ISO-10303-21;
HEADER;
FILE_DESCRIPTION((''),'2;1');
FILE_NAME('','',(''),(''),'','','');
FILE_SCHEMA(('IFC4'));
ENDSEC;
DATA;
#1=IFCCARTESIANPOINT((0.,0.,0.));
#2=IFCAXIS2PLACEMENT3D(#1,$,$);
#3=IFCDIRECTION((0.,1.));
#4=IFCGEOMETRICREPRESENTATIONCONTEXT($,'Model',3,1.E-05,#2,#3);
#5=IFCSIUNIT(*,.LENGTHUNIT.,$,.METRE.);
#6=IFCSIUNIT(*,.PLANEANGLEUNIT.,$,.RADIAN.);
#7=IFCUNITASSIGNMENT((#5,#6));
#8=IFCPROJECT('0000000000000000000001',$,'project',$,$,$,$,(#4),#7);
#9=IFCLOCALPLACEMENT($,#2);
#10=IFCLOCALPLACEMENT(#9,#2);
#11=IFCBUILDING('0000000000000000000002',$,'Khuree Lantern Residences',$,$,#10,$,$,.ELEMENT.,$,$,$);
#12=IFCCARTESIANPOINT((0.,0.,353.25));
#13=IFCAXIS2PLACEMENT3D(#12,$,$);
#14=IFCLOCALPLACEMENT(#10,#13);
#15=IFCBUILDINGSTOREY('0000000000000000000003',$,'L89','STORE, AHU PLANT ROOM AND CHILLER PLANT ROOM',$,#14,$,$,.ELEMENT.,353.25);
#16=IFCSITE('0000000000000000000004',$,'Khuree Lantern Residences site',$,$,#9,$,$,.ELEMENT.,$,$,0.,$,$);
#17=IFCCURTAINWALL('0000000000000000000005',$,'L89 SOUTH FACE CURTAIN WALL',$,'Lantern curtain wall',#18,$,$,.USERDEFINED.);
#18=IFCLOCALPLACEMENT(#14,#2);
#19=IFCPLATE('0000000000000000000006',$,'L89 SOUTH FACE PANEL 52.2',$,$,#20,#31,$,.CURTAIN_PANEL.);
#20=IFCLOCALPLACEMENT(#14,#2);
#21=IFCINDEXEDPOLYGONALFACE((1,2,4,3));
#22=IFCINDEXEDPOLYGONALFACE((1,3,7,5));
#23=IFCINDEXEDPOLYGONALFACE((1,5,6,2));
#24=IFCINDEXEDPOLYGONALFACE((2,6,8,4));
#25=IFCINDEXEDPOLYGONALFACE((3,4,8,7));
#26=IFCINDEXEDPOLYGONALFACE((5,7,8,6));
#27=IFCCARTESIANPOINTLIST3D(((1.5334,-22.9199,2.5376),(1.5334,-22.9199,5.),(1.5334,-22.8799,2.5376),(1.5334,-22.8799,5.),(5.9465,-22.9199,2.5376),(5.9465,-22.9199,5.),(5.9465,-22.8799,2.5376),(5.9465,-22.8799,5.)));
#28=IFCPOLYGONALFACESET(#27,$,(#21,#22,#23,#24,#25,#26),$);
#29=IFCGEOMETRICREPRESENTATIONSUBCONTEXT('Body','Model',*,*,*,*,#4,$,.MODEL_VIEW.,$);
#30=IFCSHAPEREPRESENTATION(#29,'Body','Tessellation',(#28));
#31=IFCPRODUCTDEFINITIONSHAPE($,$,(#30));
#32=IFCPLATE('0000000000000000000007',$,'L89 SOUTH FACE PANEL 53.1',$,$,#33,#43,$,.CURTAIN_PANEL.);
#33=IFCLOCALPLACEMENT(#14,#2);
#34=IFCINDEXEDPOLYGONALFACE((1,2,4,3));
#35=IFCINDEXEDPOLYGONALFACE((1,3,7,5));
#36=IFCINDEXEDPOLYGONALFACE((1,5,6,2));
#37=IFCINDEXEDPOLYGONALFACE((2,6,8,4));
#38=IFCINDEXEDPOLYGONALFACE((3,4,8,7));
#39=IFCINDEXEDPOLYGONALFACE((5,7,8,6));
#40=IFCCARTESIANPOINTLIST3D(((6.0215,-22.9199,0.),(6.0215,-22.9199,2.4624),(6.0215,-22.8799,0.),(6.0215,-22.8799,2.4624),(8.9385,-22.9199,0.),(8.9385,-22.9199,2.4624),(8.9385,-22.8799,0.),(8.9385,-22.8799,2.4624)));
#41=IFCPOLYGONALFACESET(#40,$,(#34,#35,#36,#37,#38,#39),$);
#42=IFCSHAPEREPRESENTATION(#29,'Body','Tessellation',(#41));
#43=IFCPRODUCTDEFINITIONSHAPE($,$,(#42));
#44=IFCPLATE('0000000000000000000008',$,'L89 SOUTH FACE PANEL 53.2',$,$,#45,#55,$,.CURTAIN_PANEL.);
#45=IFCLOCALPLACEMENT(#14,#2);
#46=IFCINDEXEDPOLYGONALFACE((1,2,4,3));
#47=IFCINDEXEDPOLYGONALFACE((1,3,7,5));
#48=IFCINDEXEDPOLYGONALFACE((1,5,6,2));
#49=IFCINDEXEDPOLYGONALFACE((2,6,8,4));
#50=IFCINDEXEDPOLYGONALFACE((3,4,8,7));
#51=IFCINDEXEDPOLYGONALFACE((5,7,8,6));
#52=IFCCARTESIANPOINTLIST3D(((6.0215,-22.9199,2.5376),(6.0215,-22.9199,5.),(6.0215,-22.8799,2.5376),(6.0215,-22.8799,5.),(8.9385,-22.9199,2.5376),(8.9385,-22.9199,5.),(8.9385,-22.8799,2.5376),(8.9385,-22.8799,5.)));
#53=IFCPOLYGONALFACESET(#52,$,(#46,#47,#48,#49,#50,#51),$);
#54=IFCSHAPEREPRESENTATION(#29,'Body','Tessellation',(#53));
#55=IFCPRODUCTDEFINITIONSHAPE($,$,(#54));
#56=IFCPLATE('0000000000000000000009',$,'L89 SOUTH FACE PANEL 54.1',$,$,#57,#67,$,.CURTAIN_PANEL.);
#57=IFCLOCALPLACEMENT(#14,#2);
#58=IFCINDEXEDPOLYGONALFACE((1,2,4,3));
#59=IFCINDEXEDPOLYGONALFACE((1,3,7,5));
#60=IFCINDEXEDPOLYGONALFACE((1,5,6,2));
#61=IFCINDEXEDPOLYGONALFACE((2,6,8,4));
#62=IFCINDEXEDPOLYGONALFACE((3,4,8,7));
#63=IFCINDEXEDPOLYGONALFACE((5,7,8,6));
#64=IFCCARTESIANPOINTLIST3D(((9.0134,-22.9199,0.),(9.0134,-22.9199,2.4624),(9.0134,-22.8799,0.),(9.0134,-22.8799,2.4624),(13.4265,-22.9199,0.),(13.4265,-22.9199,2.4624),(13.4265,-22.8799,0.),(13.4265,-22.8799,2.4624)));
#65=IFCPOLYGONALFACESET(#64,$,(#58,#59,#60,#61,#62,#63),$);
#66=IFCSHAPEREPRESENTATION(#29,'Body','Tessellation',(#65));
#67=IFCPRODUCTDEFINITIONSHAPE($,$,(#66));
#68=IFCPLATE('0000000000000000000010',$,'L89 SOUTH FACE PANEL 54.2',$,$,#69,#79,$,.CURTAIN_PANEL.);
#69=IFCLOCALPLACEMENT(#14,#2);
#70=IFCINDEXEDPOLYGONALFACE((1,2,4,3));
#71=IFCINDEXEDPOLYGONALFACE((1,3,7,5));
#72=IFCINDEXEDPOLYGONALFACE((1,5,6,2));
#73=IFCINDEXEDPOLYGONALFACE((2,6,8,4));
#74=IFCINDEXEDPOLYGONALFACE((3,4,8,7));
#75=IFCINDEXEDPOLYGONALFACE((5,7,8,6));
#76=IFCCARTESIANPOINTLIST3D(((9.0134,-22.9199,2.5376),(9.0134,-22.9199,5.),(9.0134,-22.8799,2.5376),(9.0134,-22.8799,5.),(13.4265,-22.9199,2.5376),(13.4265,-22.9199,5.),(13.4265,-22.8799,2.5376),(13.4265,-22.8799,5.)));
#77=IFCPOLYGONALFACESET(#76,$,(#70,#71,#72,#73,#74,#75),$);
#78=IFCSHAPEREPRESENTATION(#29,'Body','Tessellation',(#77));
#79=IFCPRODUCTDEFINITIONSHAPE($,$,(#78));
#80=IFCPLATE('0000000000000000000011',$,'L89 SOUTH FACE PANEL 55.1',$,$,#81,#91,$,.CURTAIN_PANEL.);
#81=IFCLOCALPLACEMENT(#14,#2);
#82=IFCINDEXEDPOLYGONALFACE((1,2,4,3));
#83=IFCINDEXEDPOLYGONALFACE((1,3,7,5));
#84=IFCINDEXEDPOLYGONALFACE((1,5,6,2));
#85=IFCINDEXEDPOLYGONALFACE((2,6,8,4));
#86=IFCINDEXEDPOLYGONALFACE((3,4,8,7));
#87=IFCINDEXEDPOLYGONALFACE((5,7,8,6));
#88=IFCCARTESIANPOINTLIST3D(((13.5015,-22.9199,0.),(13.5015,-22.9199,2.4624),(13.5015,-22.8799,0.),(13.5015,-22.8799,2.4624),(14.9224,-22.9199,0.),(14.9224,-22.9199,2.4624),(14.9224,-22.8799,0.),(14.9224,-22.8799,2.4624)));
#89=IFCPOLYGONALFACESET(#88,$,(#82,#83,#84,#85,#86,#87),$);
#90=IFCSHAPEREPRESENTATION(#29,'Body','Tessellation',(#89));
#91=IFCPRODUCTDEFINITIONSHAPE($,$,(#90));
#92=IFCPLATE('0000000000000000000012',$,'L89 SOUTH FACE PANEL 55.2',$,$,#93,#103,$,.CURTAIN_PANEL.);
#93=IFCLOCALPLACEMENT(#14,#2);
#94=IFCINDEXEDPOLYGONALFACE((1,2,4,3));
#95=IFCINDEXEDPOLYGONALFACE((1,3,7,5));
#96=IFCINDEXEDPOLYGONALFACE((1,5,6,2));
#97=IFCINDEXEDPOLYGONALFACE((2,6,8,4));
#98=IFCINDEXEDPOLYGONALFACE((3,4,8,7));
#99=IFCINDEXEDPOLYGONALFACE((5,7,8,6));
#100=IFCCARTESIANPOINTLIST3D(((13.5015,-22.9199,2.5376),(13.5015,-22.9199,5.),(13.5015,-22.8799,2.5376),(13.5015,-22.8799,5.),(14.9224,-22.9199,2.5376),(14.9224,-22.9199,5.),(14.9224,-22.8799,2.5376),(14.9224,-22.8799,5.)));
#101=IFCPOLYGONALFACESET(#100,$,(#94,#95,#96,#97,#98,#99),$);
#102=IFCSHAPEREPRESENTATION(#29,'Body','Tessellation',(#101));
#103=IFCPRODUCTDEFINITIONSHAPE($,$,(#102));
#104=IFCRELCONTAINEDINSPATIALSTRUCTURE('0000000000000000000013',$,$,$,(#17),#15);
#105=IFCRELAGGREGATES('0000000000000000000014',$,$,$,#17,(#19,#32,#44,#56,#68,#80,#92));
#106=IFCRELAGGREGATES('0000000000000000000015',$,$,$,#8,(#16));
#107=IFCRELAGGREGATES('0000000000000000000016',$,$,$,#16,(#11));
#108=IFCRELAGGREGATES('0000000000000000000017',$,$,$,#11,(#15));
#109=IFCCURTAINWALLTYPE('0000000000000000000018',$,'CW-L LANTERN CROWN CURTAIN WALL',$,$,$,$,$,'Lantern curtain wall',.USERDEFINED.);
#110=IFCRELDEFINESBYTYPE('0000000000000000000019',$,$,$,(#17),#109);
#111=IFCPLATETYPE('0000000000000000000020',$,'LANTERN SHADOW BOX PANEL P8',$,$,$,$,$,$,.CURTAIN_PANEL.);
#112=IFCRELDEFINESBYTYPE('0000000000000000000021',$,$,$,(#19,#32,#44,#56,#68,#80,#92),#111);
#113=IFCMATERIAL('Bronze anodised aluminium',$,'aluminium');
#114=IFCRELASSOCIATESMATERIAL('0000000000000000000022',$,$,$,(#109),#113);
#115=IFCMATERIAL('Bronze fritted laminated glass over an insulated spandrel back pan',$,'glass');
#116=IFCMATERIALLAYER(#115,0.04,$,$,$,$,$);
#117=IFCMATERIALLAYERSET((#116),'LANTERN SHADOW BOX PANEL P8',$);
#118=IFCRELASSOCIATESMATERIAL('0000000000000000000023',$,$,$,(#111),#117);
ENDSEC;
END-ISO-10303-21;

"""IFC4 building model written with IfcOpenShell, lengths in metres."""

from ifc_helpers import new_model, si_unit, direction, frame, origin, origin_2d, place, context, subcontext, project, spatial, rectangle, extrude, material, layer, layer_set, type_object, element, aggregate, save


model = new_model("IFC4")

# Units and contexts
model_context = context("Model", 3, precision=1e-05, world=origin(), true_north=direction((0.0, 1.0)))
body_context = subcontext(model_context, "Body", "Model", "MODEL_VIEW")
ifc_project = project(units=[si_unit("LENGTHUNIT", "METRE"), si_unit("PLANEANGLEUNIT", "RADIAN")], contexts=[model_context])

# Site, building, storey
site_placement = place(None, origin())
site = spatial("IfcSite", under=ifc_project, at=site_placement, Name="Khuree Lantern Residences site", CompositionType="ELEMENT", RefElevation=0.0)
building_placement = place(site_placement, origin())
building = spatial("IfcBuilding", under=site, at=building_placement, Name="Khuree Lantern Residences", CompositionType="ELEMENT")
storey_placement = place(building_placement, frame((0.0, 0.0, 353.25)))
storey = spatial("IfcBuildingStorey", under=building, at=storey_placement, Name="L89", Description="STORE, AHU PLANT ROOM AND CHILLER PLANT ROOM", CompositionType="ELEMENT", Elevation=353.25)

# Curtain wall
ifc_material_1 = material(Name="Bronze anodised aluminium", Category="aluminium")
curtain_wall_type = type_object("IfcCurtainWallType", Name="CW-L LANTERN CROWN CURTAIN WALL", ElementType="Lantern curtain wall", PredefinedType="USERDEFINED", material=ifc_material_1)
curtain_wall_placement = place(storey_placement, origin())
curtain_wall = element("IfcCurtainWall", 1, at=curtain_wall_placement, inside=storey, type_object=curtain_wall_type, Name="L89 SOUTH FACE CURTAIN WALL", ObjectType="Lantern curtain wall", PredefinedType="USERDEFINED")

# Plates
ifc_material_2 = material(Name="Bronze fritted laminated glass over an insulated spandrel back pan", Category="glass")
ifc_layer = layer(ifc_material_2, 0.04)
ifc_layer_set = layer_set([ifc_layer], Name="LANTERN SHADOW BOX PANEL P8")
plate_type = type_object("IfcPlateType", Name="LANTERN SHADOW BOX PANEL P8", PredefinedType="CURTAIN_PANEL", material=ifc_layer_set)
plate_1_placement = place(storey_placement, frame((3.74, -22.8999, 2.5376), z_axis=(0.0, 0.0, 1.0), x_axis=(1.0, 0.0, 0.0)))
plate_1 = element("IfcPlate", 2, at=plate_1_placement, type_object=plate_type, Name="L89 SOUTH FACE PANEL 52.2", PredefinedType="CURTAIN_PANEL", context=body_context, shape_type="SweptSolid", body=[
    extrude(rectangle(XDim=4.4131, YDim=0.04, at=origin_2d()), origin(), (0.0, 0.0, 1.0), 2.4624),
])
plate_2_placement = place(storey_placement, frame((7.48, -22.8999, 0.0), z_axis=(0.0, 0.0, 1.0), x_axis=(1.0, 0.0, 0.0)))
plate_2 = element("IfcPlate", 3, at=plate_2_placement, type_object=plate_type, Name="L89 SOUTH FACE PANEL 53.1", PredefinedType="CURTAIN_PANEL", context=body_context, shape_type="SweptSolid", body=[
    extrude(rectangle(XDim=2.917, YDim=0.04, at=origin_2d()), origin(), (0.0, 0.0, 1.0), 2.4624),
])
plate_3_placement = place(storey_placement, frame((7.48, -22.8999, 2.5376), z_axis=(0.0, 0.0, 1.0), x_axis=(1.0, 0.0, 0.0)))
plate_3 = element("IfcPlate", 4, at=plate_3_placement, type_object=plate_type, Name="L89 SOUTH FACE PANEL 53.2", PredefinedType="CURTAIN_PANEL", context=body_context, shape_type="SweptSolid", body=[
    extrude(rectangle(XDim=2.917, YDim=0.04, at=origin_2d()), origin(), (0.0, 0.0, 1.0), 2.4624),
])
plate_4_placement = place(storey_placement, frame((11.22, -22.8999, 0.0), z_axis=(0.0, 0.0, 1.0), x_axis=(1.0, 0.0, 0.0)))
plate_4 = element("IfcPlate", 5, at=plate_4_placement, type_object=plate_type, Name="L89 SOUTH FACE PANEL 54.1", PredefinedType="CURTAIN_PANEL", context=body_context, shape_type="SweptSolid", body=[
    extrude(rectangle(XDim=4.4131, YDim=0.04, at=origin_2d()), origin(), (0.0, 0.0, 1.0), 2.4624),
])
plate_5_placement = place(storey_placement, frame((11.22, -22.8999, 2.5376), z_axis=(0.0, 0.0, 1.0), x_axis=(1.0, 0.0, 0.0)))
plate_5 = element("IfcPlate", 6, at=plate_5_placement, type_object=plate_type, Name="L89 SOUTH FACE PANEL 54.2", PredefinedType="CURTAIN_PANEL", context=body_context, shape_type="SweptSolid", body=[
    extrude(rectangle(XDim=4.4131, YDim=0.04, at=origin_2d()), origin(), (0.0, 0.0, 1.0), 2.4624),
])
plate_6_placement = place(storey_placement, frame((14.2119, -22.8999, 0.0), z_axis=(0.0, 0.0, 1.0), x_axis=(1.0, 0.0, 0.0)))
plate_6 = element("IfcPlate", 7, at=plate_6_placement, type_object=plate_type, Name="L89 SOUTH FACE PANEL 55.1", PredefinedType="CURTAIN_PANEL", context=body_context, shape_type="SweptSolid", body=[
    extrude(rectangle(XDim=1.4209, YDim=0.04, at=origin_2d()), origin(), (0.0, 0.0, 1.0), 2.4624),
])
plate_7_placement = place(storey_placement, frame((14.2119, -22.8999, 2.5376), z_axis=(0.0, 0.0, 1.0), x_axis=(1.0, 0.0, 0.0)))
plate_7 = element("IfcPlate", 8, at=plate_7_placement, type_object=plate_type, Name="L89 SOUTH FACE PANEL 55.2", PredefinedType="CURTAIN_PANEL", context=body_context, shape_type="SweptSolid", body=[
    extrude(rectangle(XDim=1.4209, YDim=0.04, at=origin_2d()), origin(), (0.0, 0.0, 1.0), 2.4624),
])
aggregate(curtain_wall, [plate_1, plate_2, plate_3, plate_4, plate_5, plate_6, plate_7])

save(model, "model.ifc")
